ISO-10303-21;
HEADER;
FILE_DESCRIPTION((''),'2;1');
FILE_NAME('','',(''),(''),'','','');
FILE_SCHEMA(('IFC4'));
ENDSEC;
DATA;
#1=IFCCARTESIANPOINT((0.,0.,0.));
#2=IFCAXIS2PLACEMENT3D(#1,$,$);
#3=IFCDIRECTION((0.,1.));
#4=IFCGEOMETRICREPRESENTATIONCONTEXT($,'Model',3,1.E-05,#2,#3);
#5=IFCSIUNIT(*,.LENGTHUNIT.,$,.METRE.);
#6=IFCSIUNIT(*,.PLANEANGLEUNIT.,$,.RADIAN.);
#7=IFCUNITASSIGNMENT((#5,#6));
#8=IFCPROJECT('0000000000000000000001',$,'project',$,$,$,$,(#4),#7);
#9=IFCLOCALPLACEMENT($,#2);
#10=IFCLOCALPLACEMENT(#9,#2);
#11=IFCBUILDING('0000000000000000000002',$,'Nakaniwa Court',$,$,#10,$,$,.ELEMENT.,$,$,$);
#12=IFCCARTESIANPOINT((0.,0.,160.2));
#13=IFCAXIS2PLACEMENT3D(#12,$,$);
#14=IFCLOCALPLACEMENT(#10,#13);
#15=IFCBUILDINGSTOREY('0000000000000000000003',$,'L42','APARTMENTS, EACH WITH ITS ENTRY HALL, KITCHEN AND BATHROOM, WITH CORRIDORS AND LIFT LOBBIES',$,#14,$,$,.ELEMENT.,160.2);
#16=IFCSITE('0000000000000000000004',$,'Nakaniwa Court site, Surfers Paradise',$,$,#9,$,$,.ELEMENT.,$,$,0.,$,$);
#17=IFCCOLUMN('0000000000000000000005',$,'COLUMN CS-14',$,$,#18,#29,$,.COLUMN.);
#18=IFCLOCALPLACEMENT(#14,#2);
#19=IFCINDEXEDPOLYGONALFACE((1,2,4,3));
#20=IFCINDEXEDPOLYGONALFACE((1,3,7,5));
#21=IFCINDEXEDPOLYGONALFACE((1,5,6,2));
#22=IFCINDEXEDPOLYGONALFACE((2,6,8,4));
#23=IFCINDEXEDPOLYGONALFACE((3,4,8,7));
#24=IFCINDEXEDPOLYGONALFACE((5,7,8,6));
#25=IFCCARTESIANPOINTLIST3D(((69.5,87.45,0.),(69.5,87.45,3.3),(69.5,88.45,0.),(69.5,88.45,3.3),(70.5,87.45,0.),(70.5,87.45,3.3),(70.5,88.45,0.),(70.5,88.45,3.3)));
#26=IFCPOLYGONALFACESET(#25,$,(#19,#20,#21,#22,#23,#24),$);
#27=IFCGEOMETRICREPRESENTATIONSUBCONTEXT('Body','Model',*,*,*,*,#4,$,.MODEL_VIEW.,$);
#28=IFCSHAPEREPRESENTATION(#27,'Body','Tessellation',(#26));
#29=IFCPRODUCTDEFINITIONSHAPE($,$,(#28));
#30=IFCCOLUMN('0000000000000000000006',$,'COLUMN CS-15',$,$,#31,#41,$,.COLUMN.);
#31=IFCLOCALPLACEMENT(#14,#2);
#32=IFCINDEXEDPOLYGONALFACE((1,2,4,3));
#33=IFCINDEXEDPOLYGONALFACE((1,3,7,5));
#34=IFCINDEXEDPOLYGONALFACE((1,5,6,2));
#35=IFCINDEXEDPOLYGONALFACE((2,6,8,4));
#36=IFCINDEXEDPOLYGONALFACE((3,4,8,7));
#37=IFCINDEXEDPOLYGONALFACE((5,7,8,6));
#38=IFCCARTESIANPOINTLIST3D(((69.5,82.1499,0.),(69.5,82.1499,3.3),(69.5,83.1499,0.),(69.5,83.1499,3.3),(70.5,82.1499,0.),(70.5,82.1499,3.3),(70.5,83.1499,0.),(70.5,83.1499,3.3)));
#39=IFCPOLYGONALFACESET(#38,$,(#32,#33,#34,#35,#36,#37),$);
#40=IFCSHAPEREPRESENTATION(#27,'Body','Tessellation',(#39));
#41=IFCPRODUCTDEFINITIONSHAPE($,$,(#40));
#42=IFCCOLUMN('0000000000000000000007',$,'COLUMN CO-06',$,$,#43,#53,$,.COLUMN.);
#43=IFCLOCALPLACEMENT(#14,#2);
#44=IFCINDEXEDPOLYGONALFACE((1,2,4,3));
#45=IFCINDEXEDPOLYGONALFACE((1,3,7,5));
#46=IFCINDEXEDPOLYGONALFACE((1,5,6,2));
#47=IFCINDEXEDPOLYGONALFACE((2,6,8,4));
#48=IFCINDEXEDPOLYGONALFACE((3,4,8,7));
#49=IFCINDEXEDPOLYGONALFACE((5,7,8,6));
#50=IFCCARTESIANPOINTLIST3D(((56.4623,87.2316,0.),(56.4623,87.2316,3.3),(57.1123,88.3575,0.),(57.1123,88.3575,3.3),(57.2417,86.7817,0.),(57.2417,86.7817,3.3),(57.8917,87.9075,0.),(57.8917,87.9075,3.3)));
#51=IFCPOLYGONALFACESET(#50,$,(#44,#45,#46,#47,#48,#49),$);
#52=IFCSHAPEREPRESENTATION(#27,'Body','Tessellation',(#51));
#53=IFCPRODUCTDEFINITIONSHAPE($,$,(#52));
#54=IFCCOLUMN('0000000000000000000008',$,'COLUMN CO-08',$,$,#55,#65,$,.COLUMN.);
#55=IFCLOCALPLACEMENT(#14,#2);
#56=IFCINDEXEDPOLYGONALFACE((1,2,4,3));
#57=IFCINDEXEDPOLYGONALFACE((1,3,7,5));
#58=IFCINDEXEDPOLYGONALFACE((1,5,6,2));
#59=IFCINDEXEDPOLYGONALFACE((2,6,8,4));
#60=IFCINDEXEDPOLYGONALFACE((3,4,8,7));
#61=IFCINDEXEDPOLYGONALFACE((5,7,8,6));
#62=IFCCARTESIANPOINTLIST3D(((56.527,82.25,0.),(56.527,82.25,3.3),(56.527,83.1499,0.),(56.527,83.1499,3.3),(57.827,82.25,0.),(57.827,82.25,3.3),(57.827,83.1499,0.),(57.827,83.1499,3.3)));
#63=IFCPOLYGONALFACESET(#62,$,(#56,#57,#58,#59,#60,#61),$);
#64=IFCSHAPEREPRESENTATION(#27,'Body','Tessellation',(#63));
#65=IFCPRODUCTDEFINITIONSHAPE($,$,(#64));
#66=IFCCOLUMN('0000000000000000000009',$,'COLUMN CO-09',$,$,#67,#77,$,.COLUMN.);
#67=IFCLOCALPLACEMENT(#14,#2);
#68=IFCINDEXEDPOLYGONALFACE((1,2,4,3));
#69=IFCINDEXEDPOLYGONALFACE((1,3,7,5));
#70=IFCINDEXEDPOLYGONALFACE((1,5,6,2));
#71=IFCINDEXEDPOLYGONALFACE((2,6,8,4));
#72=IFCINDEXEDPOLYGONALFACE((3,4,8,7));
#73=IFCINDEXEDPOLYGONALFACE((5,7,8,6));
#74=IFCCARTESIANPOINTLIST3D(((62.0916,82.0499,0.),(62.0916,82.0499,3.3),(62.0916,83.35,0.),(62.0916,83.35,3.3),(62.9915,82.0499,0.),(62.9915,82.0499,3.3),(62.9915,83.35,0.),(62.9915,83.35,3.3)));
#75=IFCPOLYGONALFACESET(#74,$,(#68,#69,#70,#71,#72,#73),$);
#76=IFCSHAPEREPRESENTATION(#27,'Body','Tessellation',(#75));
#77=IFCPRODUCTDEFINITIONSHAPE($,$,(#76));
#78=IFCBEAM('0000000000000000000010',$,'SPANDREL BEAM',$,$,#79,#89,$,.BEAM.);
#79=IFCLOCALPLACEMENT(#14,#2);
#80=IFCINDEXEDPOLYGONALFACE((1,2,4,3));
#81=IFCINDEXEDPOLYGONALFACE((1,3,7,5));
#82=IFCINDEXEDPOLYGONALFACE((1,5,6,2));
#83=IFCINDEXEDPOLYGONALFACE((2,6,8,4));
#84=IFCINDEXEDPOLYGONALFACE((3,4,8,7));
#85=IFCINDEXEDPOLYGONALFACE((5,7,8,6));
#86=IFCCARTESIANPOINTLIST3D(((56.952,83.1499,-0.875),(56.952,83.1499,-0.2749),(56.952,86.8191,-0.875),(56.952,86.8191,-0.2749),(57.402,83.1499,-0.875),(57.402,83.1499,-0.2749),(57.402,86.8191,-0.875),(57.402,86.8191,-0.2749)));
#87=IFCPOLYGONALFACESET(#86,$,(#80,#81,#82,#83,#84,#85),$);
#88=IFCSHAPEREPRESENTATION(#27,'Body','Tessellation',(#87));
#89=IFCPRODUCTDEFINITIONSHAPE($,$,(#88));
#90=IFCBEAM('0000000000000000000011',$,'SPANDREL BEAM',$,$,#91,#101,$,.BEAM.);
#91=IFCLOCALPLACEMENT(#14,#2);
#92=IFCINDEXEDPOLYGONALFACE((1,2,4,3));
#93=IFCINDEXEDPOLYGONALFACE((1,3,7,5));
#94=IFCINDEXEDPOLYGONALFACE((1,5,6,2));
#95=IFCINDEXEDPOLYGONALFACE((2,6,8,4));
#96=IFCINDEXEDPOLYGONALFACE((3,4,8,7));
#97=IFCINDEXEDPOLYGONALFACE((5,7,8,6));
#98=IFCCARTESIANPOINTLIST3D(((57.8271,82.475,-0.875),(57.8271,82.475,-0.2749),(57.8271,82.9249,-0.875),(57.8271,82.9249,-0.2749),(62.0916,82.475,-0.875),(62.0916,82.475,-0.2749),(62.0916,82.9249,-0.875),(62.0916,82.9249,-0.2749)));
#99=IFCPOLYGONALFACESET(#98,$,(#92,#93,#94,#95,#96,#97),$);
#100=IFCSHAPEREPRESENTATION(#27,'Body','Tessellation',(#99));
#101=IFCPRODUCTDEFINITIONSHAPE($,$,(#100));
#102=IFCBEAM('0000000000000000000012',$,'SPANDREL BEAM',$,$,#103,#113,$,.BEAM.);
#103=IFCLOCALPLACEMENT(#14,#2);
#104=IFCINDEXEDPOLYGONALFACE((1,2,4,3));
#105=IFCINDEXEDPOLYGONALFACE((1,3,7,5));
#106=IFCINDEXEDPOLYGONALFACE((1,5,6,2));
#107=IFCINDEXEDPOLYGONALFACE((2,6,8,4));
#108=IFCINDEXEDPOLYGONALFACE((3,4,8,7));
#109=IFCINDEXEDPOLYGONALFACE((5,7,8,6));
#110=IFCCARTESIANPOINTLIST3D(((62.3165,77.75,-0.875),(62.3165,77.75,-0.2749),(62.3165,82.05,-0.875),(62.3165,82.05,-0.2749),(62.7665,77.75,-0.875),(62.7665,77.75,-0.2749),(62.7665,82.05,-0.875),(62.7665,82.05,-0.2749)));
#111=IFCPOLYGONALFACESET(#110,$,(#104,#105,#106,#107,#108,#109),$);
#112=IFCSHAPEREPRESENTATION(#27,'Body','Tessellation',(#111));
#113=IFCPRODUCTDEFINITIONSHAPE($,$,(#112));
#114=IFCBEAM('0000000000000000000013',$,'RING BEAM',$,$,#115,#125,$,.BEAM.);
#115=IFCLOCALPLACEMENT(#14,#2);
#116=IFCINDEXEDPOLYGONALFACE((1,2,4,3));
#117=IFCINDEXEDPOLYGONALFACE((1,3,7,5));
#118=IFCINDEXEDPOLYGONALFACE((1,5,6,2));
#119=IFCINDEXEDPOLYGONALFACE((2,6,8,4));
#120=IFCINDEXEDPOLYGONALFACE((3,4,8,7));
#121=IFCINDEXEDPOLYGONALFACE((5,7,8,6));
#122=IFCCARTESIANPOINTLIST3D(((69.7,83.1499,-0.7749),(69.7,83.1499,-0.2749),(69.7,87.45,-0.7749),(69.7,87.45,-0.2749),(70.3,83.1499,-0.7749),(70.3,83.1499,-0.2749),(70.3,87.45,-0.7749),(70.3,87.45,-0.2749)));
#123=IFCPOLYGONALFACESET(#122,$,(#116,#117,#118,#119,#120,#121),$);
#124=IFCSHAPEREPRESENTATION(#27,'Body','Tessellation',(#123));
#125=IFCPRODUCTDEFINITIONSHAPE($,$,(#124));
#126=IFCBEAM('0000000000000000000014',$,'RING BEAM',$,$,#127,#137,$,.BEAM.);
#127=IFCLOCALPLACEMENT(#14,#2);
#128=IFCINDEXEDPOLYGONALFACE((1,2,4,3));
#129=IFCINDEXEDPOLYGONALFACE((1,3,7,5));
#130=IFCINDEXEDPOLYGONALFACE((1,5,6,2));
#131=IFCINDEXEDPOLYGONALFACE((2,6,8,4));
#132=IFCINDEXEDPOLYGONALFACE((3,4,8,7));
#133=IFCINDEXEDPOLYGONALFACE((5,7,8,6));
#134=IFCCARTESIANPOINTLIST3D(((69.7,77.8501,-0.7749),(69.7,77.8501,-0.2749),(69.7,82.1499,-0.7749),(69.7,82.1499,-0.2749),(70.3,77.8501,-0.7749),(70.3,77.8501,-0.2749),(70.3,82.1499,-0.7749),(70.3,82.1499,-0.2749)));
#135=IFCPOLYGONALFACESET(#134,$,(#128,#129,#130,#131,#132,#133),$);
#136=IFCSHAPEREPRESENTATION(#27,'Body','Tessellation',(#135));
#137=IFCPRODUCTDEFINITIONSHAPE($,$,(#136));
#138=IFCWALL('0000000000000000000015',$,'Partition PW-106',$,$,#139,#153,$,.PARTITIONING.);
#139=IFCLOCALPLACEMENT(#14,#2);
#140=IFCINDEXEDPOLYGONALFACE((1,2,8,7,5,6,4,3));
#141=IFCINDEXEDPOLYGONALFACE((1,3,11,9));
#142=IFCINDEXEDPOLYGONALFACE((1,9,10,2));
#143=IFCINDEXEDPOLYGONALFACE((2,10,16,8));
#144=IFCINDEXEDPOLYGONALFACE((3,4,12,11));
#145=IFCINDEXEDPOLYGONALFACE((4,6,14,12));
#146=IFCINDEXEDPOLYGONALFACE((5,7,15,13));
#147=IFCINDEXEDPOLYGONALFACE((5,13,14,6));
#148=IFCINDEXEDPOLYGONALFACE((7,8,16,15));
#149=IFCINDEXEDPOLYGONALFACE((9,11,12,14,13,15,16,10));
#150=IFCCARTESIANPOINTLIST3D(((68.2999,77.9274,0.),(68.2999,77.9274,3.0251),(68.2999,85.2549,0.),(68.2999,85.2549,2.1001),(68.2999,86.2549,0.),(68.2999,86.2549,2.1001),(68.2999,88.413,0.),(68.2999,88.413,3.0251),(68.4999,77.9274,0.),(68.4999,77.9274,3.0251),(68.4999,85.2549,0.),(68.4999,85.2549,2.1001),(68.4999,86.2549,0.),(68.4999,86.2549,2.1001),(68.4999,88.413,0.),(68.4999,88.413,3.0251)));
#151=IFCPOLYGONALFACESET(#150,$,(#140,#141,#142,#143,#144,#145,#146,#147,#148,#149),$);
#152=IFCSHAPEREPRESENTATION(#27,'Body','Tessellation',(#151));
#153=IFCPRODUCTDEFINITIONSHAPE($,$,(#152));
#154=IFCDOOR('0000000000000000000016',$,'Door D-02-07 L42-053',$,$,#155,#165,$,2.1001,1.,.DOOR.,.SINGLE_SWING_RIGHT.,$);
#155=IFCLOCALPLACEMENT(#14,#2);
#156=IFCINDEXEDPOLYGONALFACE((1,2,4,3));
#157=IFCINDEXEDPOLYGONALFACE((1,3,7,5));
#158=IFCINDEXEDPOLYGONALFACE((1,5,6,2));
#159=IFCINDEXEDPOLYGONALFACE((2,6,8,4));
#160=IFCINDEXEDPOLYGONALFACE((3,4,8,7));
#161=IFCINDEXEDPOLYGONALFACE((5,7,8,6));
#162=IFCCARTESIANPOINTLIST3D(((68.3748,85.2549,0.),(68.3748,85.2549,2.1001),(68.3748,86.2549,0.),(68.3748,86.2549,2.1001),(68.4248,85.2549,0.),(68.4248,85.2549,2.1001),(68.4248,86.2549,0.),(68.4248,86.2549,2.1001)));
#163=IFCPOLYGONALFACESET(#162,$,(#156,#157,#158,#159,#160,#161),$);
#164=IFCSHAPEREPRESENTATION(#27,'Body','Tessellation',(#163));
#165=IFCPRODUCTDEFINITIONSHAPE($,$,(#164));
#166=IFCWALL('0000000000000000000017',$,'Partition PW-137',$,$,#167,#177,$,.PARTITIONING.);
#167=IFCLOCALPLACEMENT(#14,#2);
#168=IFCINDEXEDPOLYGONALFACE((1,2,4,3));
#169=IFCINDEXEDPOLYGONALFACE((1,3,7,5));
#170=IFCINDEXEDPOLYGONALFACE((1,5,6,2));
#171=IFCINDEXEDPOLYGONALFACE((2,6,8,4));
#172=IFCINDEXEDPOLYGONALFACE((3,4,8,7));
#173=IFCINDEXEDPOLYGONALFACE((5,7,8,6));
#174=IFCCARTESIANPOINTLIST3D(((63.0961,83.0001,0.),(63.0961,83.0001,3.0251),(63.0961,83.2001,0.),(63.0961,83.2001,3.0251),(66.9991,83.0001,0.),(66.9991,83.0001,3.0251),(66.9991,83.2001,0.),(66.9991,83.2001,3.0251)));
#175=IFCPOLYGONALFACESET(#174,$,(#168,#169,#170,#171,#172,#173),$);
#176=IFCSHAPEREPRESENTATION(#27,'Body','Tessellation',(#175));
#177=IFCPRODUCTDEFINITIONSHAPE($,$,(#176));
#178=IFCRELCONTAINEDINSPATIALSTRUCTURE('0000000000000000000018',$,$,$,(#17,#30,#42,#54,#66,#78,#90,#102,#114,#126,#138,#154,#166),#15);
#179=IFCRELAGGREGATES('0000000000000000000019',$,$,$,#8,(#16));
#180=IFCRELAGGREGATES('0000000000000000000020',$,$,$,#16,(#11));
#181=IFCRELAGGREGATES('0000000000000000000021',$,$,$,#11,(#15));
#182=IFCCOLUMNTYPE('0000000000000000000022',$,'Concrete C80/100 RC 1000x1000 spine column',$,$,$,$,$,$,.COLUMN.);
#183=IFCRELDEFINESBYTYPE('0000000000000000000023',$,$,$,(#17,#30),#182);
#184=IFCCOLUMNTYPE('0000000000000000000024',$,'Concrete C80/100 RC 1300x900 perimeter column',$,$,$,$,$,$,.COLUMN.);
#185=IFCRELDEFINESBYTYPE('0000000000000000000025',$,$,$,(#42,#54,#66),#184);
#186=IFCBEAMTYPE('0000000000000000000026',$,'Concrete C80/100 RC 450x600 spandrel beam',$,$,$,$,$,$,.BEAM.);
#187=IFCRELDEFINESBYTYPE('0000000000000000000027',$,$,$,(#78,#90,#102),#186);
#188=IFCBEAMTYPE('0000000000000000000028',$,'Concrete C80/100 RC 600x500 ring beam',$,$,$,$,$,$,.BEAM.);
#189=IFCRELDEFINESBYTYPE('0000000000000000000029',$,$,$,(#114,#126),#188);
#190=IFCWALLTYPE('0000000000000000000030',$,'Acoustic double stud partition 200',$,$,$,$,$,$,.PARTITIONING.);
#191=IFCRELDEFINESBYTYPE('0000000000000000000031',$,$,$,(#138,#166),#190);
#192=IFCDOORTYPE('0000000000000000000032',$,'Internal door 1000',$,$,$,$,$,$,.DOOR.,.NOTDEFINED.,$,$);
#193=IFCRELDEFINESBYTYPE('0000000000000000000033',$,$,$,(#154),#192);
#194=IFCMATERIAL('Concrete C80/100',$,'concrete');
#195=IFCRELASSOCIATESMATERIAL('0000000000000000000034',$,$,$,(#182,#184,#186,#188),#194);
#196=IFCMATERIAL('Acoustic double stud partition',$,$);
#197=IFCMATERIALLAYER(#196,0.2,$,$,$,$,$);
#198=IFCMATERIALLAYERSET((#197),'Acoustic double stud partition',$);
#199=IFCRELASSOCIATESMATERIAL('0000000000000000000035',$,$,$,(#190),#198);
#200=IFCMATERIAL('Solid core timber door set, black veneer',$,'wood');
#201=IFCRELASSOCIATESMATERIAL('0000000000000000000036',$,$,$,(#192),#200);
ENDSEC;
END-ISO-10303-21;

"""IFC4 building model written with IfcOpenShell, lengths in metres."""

from ifc_helpers import new_model, si_unit, direction, frame, frame_2d, origin, origin_2d, place, context, subcontext, project, spatial, rectangle, extrude, material, layer, layer_set, material_profile, profile_set, type_object, element, fill, save


model = new_model("IFC4")

# Units and contexts
model_context = context("Model", 3, precision=1e-05, world=origin(), true_north=direction((0.0, 1.0)))
body_context = subcontext(model_context, "Body", "Model", "MODEL_VIEW")
ifc_project = project(units=[si_unit("LENGTHUNIT", "METRE"), si_unit("PLANEANGLEUNIT", "RADIAN")], contexts=[model_context])

# Site, building, storey
site_placement = place(None, origin())
site = spatial("IfcSite", under=ifc_project, at=site_placement, Name="Nakaniwa Court site, Surfers Paradise", CompositionType="ELEMENT", RefElevation=0.0)
building_placement = place(site_placement, origin())
building = spatial("IfcBuilding", under=site, at=building_placement, Name="Nakaniwa Court", CompositionType="ELEMENT")
storey_placement = place(building_placement, frame((0.0, 0.0, 160.2)))
storey = spatial("IfcBuildingStorey", under=building, at=storey_placement, Name="L42", Description="APARTMENTS, EACH WITH ITS ENTRY HALL, KITCHEN AND BATHROOM, WITH CORRIDORS AND LIFT LOBBIES", CompositionType="ELEMENT", Elevation=160.2)

# Columns
ifc_material_1 = material(Name="Concrete C80/100", Category="concrete")
ifc_material_profile_1 = material_profile(ifc_material_1, rectangle(XDim=1.0, YDim=1.0, at=origin_2d()), Name="Concrete C80/100 RC 1000x1000 spine column")
ifc_profile_set_1 = profile_set([ifc_material_profile_1], Name="Concrete C80/100")
column_type_1 = type_object("IfcColumnType", Name="Concrete C80/100 RC 1000x1000 spine column", PredefinedType="COLUMN", material=ifc_profile_set_1)
for number, where, z_axis, x_axis, name in (
    (1, (70.0, 87.95, 0.0), (0.0, 0.0, 1.0), (0.0, -1.0, 0.0), "COLUMN CS-14"),
    (2, (70.0, 82.6499, 0.0), (0.0, 0.0, 1.0), (0.0, -1.0, 0.0), "COLUMN CS-15"),
):
    element("IfcColumn", number, at=place(storey_placement, frame(where, z_axis=z_axis, x_axis=x_axis)), inside=storey, type_object=column_type_1, Name=name, PredefinedType="COLUMN", context=body_context, shape_type="SweptSolid", body=[
        extrude(rectangle(XDim=1.0, YDim=1.0, at=origin_2d()), origin(), (0.0, 0.0, 1.0), 3.3),
    ])
ifc_material_profile_2 = material_profile(ifc_material_1, rectangle(XDim=1.3, YDim=0.8999, at=origin_2d()), Name="Concrete C80/100 RC 1300x900 perimeter column")
ifc_profile_set_2 = profile_set([ifc_material_profile_2], Name="Concrete C80/100")
column_type_2 = type_object("IfcColumnType", Name="Concrete C80/100 RC 1300x900 perimeter column", PredefinedType="COLUMN", material=ifc_profile_set_2)
for number, where, z_axis, x_axis, name in (
    (3, (57.177, 87.5696, 0.0), (0.0, 0.0, 1.0), (-0.5, -0.866025, 0.0), "COLUMN CO-06"),
    (4, (57.177, 82.7, 0.0), (0.0, 0.0, 1.0), (1.0, 0.0, 0.0), "COLUMN CO-08"),
    (5, (62.5415, 82.7, 0.0), (0.0, 0.0, 1.0), (0.0, -1.0, 0.0), "COLUMN CO-09"),
):
    element("IfcColumn", number, at=place(storey_placement, frame(where, z_axis=z_axis, x_axis=x_axis)), inside=storey, type_object=column_type_2, Name=name, PredefinedType="COLUMN", context=body_context, shape_type="SweptSolid", body=[
        extrude(rectangle(XDim=1.3, YDim=0.8999, at=origin_2d()), origin(), (0.0, 0.0, 1.0), 3.3),
    ])

# Beams
ifc_material_profile_3 = material_profile(ifc_material_1, rectangle(XDim=0.45, YDim=0.6001, at=origin_2d()), Name="Concrete C80/100 RC 450x600 spandrel beam")
ifc_profile_set_3 = profile_set([ifc_material_profile_3], Name="Concrete C80/100")
beam_type_1 = type_object("IfcBeamType", Name="Concrete C80/100 RC 450x600 spandrel beam", PredefinedType="BEAM", material=ifc_profile_set_3)
beam_1_placement = place(storey_placement, frame((57.177, 86.8191, -0.575), z_axis=(0.0, -1.0, 0.0), x_axis=(1.0, 0.0, 0.0)))
element("IfcBeam", 6, at=beam_1_placement, inside=storey, type_object=beam_type_1, Name="SPANDREL BEAM", PredefinedType="BEAM", context=body_context, shape_type="SweptSolid", body=[
    extrude(rectangle(XDim=0.45, YDim=0.6001, at=origin_2d()), origin(), (0.0, 0.0, 1.0), 3.6692),
])
beam_2_placement = place(storey_placement, frame((57.8271, 82.7, -0.575), z_axis=(1.0, 0.0, 0.0), x_axis=(0.0, 1.0, 0.0)))
element("IfcBeam", 7, at=beam_2_placement, inside=storey, type_object=beam_type_1, Name="SPANDREL BEAM", PredefinedType="BEAM", context=body_context, shape_type="SweptSolid", body=[
    extrude(rectangle(XDim=0.45, YDim=0.6001, at=origin_2d()), origin(), (0.0, 0.0, 1.0), 4.2644),
])
beam_3_placement = place(storey_placement, frame((62.5415, 82.05, -0.575), z_axis=(0.0, -1.0, 0.0), x_axis=(1.0, 0.0, 0.0)))
element("IfcBeam", 8, at=beam_3_placement, inside=storey, type_object=beam_type_1, Name="SPANDREL BEAM", PredefinedType="BEAM", context=body_context, shape_type="SweptSolid", body=[
    extrude(rectangle(XDim=0.45, YDim=0.6001, at=origin_2d()), origin(), (0.0, 0.0, 1.0), 4.3),
])
ifc_material_profile_4 = material_profile(ifc_material_1, rectangle(XDim=0.6001, YDim=0.5, at=origin_2d()), Name="Concrete C80/100 RC 600x500 ring beam")
ifc_profile_set_4 = profile_set([ifc_material_profile_4], Name="Concrete C80/100")
beam_type_2 = type_object("IfcBeamType", Name="Concrete C80/100 RC 600x500 ring beam", PredefinedType="BEAM", material=ifc_profile_set_4)
beam_4_placement = place(storey_placement, frame((70.0, 87.45, -0.5249), z_axis=(0.0, -1.0, 0.0), x_axis=(1.0, 0.0, 0.0)))
element("IfcBeam", 9, at=beam_4_placement, inside=storey, type_object=beam_type_2, Name="RING BEAM", PredefinedType="BEAM", context=body_context, shape_type="SweptSolid", body=[
    extrude(rectangle(XDim=0.6001, YDim=0.5, at=origin_2d()), origin(), (0.0, 0.0, 1.0), 4.3),
])
beam_5_placement = place(storey_placement, frame((70.0, 82.1499, -0.5249), z_axis=(0.0, -1.0, 0.0), x_axis=(1.0, 0.0, 0.0)))
element("IfcBeam", 10, at=beam_5_placement, inside=storey, type_object=beam_type_2, Name="RING BEAM", PredefinedType="BEAM", context=body_context, shape_type="SweptSolid", body=[
    extrude(rectangle(XDim=0.6001, YDim=0.5, at=origin_2d()), origin(), (0.0, 0.0, 1.0), 4.2998),
])

# Wall, opening, door
ifc_material_2 = material(Name="Acoustic double stud partition")
ifc_layer_1 = layer(ifc_material_2, 0.2)
ifc_layer_set_1 = layer_set([ifc_layer_1], Name="Acoustic double stud partition")
wall_type_1 = type_object("IfcWallType", Name="Acoustic double stud partition 200", PredefinedType="PARTITIONING", material=ifc_layer_set_1)
wall_1_placement = place(storey_placement, frame((68.3999, 88.4128, 0.0), z_axis=(0.0, 0.0, 1.0), x_axis=(0.0, -1.0, 0.0)))
wall_1 = element("IfcWall", 11, at=wall_1_placement, inside=storey, type_object=wall_type_1, Name="Partition PW-106", PredefinedType="PARTITIONING", context=body_context, shape_type="SweptSolid", body=[
    extrude(rectangle(XDim=10.4856, YDim=0.2, at=frame_2d((5.2427, 0.0))), origin(), (0.0, 0.0, 1.0), 3.0251),
])
opening_1_placement = place(wall_1_placement, frame((2.158, 0.0, 0.0)))
opening_1 = element("IfcOpeningElement", 12, at=opening_1_placement, cuts=wall_1, PredefinedType="OPENING", context=body_context, shape_type="SweptSolid", body=[
    extrude(rectangle(XDim=1.0, YDim=2.1001, at=frame_2d((0.5, 1.05))), frame((0.0, 0.1099, 0.0), z_axis=(0.0, -1.0, 0.0), x_axis=(1.0, 0.0, 0.0)), (0.0, 0.0, 1.0), 0.22),
])
ifc_material_3 = material(Name="Solid core timber door set, black veneer", Category="wood")
door_type_1 = type_object("IfcDoorType", Name="Internal door 1000", OperationType="NOTDEFINED", PredefinedType="DOOR", material=ifc_material_3)
door_1_placement = place(opening_1_placement, origin())
door_1 = element("IfcDoor", 13, at=door_1_placement, inside=storey, type_object=door_type_1, Name="Door D-02-07 L42-053", OperationType="SINGLE_SWING_RIGHT", OverallHeight=2.1001, OverallWidth=1.0, PredefinedType="DOOR", context=body_context, shape_type="SweptSolid", body=[
    extrude(rectangle(XDim=1.0, YDim=2.1001, at=frame_2d((0.5, 1.05))), frame((0.0, 0.0249, 0.0), z_axis=(0.0, -1.0, 0.0), x_axis=(1.0, 0.0, 0.0)), (0.0, 0.0, 1.0), 0.05),
])
fill(opening_1, door_1)

# Wall
wall_2_placement = place(storey_placement, frame((63.0959, 83.1001, 0.0), z_axis=(0.0, 0.0, 1.0), x_axis=(1.0, 0.0, 0.0)))
element("IfcWall", 14, at=wall_2_placement, inside=storey, type_object=wall_type_1, Name="Partition PW-137", PredefinedType="PARTITIONING", context=body_context, shape_type="SweptSolid", body=[
    extrude(rectangle(XDim=3.9031, YDim=0.2, at=frame_2d((1.9517, 0.0))), origin(), (0.0, 0.0, 1.0), 3.0251),
])

save(model, "model.ifc")
